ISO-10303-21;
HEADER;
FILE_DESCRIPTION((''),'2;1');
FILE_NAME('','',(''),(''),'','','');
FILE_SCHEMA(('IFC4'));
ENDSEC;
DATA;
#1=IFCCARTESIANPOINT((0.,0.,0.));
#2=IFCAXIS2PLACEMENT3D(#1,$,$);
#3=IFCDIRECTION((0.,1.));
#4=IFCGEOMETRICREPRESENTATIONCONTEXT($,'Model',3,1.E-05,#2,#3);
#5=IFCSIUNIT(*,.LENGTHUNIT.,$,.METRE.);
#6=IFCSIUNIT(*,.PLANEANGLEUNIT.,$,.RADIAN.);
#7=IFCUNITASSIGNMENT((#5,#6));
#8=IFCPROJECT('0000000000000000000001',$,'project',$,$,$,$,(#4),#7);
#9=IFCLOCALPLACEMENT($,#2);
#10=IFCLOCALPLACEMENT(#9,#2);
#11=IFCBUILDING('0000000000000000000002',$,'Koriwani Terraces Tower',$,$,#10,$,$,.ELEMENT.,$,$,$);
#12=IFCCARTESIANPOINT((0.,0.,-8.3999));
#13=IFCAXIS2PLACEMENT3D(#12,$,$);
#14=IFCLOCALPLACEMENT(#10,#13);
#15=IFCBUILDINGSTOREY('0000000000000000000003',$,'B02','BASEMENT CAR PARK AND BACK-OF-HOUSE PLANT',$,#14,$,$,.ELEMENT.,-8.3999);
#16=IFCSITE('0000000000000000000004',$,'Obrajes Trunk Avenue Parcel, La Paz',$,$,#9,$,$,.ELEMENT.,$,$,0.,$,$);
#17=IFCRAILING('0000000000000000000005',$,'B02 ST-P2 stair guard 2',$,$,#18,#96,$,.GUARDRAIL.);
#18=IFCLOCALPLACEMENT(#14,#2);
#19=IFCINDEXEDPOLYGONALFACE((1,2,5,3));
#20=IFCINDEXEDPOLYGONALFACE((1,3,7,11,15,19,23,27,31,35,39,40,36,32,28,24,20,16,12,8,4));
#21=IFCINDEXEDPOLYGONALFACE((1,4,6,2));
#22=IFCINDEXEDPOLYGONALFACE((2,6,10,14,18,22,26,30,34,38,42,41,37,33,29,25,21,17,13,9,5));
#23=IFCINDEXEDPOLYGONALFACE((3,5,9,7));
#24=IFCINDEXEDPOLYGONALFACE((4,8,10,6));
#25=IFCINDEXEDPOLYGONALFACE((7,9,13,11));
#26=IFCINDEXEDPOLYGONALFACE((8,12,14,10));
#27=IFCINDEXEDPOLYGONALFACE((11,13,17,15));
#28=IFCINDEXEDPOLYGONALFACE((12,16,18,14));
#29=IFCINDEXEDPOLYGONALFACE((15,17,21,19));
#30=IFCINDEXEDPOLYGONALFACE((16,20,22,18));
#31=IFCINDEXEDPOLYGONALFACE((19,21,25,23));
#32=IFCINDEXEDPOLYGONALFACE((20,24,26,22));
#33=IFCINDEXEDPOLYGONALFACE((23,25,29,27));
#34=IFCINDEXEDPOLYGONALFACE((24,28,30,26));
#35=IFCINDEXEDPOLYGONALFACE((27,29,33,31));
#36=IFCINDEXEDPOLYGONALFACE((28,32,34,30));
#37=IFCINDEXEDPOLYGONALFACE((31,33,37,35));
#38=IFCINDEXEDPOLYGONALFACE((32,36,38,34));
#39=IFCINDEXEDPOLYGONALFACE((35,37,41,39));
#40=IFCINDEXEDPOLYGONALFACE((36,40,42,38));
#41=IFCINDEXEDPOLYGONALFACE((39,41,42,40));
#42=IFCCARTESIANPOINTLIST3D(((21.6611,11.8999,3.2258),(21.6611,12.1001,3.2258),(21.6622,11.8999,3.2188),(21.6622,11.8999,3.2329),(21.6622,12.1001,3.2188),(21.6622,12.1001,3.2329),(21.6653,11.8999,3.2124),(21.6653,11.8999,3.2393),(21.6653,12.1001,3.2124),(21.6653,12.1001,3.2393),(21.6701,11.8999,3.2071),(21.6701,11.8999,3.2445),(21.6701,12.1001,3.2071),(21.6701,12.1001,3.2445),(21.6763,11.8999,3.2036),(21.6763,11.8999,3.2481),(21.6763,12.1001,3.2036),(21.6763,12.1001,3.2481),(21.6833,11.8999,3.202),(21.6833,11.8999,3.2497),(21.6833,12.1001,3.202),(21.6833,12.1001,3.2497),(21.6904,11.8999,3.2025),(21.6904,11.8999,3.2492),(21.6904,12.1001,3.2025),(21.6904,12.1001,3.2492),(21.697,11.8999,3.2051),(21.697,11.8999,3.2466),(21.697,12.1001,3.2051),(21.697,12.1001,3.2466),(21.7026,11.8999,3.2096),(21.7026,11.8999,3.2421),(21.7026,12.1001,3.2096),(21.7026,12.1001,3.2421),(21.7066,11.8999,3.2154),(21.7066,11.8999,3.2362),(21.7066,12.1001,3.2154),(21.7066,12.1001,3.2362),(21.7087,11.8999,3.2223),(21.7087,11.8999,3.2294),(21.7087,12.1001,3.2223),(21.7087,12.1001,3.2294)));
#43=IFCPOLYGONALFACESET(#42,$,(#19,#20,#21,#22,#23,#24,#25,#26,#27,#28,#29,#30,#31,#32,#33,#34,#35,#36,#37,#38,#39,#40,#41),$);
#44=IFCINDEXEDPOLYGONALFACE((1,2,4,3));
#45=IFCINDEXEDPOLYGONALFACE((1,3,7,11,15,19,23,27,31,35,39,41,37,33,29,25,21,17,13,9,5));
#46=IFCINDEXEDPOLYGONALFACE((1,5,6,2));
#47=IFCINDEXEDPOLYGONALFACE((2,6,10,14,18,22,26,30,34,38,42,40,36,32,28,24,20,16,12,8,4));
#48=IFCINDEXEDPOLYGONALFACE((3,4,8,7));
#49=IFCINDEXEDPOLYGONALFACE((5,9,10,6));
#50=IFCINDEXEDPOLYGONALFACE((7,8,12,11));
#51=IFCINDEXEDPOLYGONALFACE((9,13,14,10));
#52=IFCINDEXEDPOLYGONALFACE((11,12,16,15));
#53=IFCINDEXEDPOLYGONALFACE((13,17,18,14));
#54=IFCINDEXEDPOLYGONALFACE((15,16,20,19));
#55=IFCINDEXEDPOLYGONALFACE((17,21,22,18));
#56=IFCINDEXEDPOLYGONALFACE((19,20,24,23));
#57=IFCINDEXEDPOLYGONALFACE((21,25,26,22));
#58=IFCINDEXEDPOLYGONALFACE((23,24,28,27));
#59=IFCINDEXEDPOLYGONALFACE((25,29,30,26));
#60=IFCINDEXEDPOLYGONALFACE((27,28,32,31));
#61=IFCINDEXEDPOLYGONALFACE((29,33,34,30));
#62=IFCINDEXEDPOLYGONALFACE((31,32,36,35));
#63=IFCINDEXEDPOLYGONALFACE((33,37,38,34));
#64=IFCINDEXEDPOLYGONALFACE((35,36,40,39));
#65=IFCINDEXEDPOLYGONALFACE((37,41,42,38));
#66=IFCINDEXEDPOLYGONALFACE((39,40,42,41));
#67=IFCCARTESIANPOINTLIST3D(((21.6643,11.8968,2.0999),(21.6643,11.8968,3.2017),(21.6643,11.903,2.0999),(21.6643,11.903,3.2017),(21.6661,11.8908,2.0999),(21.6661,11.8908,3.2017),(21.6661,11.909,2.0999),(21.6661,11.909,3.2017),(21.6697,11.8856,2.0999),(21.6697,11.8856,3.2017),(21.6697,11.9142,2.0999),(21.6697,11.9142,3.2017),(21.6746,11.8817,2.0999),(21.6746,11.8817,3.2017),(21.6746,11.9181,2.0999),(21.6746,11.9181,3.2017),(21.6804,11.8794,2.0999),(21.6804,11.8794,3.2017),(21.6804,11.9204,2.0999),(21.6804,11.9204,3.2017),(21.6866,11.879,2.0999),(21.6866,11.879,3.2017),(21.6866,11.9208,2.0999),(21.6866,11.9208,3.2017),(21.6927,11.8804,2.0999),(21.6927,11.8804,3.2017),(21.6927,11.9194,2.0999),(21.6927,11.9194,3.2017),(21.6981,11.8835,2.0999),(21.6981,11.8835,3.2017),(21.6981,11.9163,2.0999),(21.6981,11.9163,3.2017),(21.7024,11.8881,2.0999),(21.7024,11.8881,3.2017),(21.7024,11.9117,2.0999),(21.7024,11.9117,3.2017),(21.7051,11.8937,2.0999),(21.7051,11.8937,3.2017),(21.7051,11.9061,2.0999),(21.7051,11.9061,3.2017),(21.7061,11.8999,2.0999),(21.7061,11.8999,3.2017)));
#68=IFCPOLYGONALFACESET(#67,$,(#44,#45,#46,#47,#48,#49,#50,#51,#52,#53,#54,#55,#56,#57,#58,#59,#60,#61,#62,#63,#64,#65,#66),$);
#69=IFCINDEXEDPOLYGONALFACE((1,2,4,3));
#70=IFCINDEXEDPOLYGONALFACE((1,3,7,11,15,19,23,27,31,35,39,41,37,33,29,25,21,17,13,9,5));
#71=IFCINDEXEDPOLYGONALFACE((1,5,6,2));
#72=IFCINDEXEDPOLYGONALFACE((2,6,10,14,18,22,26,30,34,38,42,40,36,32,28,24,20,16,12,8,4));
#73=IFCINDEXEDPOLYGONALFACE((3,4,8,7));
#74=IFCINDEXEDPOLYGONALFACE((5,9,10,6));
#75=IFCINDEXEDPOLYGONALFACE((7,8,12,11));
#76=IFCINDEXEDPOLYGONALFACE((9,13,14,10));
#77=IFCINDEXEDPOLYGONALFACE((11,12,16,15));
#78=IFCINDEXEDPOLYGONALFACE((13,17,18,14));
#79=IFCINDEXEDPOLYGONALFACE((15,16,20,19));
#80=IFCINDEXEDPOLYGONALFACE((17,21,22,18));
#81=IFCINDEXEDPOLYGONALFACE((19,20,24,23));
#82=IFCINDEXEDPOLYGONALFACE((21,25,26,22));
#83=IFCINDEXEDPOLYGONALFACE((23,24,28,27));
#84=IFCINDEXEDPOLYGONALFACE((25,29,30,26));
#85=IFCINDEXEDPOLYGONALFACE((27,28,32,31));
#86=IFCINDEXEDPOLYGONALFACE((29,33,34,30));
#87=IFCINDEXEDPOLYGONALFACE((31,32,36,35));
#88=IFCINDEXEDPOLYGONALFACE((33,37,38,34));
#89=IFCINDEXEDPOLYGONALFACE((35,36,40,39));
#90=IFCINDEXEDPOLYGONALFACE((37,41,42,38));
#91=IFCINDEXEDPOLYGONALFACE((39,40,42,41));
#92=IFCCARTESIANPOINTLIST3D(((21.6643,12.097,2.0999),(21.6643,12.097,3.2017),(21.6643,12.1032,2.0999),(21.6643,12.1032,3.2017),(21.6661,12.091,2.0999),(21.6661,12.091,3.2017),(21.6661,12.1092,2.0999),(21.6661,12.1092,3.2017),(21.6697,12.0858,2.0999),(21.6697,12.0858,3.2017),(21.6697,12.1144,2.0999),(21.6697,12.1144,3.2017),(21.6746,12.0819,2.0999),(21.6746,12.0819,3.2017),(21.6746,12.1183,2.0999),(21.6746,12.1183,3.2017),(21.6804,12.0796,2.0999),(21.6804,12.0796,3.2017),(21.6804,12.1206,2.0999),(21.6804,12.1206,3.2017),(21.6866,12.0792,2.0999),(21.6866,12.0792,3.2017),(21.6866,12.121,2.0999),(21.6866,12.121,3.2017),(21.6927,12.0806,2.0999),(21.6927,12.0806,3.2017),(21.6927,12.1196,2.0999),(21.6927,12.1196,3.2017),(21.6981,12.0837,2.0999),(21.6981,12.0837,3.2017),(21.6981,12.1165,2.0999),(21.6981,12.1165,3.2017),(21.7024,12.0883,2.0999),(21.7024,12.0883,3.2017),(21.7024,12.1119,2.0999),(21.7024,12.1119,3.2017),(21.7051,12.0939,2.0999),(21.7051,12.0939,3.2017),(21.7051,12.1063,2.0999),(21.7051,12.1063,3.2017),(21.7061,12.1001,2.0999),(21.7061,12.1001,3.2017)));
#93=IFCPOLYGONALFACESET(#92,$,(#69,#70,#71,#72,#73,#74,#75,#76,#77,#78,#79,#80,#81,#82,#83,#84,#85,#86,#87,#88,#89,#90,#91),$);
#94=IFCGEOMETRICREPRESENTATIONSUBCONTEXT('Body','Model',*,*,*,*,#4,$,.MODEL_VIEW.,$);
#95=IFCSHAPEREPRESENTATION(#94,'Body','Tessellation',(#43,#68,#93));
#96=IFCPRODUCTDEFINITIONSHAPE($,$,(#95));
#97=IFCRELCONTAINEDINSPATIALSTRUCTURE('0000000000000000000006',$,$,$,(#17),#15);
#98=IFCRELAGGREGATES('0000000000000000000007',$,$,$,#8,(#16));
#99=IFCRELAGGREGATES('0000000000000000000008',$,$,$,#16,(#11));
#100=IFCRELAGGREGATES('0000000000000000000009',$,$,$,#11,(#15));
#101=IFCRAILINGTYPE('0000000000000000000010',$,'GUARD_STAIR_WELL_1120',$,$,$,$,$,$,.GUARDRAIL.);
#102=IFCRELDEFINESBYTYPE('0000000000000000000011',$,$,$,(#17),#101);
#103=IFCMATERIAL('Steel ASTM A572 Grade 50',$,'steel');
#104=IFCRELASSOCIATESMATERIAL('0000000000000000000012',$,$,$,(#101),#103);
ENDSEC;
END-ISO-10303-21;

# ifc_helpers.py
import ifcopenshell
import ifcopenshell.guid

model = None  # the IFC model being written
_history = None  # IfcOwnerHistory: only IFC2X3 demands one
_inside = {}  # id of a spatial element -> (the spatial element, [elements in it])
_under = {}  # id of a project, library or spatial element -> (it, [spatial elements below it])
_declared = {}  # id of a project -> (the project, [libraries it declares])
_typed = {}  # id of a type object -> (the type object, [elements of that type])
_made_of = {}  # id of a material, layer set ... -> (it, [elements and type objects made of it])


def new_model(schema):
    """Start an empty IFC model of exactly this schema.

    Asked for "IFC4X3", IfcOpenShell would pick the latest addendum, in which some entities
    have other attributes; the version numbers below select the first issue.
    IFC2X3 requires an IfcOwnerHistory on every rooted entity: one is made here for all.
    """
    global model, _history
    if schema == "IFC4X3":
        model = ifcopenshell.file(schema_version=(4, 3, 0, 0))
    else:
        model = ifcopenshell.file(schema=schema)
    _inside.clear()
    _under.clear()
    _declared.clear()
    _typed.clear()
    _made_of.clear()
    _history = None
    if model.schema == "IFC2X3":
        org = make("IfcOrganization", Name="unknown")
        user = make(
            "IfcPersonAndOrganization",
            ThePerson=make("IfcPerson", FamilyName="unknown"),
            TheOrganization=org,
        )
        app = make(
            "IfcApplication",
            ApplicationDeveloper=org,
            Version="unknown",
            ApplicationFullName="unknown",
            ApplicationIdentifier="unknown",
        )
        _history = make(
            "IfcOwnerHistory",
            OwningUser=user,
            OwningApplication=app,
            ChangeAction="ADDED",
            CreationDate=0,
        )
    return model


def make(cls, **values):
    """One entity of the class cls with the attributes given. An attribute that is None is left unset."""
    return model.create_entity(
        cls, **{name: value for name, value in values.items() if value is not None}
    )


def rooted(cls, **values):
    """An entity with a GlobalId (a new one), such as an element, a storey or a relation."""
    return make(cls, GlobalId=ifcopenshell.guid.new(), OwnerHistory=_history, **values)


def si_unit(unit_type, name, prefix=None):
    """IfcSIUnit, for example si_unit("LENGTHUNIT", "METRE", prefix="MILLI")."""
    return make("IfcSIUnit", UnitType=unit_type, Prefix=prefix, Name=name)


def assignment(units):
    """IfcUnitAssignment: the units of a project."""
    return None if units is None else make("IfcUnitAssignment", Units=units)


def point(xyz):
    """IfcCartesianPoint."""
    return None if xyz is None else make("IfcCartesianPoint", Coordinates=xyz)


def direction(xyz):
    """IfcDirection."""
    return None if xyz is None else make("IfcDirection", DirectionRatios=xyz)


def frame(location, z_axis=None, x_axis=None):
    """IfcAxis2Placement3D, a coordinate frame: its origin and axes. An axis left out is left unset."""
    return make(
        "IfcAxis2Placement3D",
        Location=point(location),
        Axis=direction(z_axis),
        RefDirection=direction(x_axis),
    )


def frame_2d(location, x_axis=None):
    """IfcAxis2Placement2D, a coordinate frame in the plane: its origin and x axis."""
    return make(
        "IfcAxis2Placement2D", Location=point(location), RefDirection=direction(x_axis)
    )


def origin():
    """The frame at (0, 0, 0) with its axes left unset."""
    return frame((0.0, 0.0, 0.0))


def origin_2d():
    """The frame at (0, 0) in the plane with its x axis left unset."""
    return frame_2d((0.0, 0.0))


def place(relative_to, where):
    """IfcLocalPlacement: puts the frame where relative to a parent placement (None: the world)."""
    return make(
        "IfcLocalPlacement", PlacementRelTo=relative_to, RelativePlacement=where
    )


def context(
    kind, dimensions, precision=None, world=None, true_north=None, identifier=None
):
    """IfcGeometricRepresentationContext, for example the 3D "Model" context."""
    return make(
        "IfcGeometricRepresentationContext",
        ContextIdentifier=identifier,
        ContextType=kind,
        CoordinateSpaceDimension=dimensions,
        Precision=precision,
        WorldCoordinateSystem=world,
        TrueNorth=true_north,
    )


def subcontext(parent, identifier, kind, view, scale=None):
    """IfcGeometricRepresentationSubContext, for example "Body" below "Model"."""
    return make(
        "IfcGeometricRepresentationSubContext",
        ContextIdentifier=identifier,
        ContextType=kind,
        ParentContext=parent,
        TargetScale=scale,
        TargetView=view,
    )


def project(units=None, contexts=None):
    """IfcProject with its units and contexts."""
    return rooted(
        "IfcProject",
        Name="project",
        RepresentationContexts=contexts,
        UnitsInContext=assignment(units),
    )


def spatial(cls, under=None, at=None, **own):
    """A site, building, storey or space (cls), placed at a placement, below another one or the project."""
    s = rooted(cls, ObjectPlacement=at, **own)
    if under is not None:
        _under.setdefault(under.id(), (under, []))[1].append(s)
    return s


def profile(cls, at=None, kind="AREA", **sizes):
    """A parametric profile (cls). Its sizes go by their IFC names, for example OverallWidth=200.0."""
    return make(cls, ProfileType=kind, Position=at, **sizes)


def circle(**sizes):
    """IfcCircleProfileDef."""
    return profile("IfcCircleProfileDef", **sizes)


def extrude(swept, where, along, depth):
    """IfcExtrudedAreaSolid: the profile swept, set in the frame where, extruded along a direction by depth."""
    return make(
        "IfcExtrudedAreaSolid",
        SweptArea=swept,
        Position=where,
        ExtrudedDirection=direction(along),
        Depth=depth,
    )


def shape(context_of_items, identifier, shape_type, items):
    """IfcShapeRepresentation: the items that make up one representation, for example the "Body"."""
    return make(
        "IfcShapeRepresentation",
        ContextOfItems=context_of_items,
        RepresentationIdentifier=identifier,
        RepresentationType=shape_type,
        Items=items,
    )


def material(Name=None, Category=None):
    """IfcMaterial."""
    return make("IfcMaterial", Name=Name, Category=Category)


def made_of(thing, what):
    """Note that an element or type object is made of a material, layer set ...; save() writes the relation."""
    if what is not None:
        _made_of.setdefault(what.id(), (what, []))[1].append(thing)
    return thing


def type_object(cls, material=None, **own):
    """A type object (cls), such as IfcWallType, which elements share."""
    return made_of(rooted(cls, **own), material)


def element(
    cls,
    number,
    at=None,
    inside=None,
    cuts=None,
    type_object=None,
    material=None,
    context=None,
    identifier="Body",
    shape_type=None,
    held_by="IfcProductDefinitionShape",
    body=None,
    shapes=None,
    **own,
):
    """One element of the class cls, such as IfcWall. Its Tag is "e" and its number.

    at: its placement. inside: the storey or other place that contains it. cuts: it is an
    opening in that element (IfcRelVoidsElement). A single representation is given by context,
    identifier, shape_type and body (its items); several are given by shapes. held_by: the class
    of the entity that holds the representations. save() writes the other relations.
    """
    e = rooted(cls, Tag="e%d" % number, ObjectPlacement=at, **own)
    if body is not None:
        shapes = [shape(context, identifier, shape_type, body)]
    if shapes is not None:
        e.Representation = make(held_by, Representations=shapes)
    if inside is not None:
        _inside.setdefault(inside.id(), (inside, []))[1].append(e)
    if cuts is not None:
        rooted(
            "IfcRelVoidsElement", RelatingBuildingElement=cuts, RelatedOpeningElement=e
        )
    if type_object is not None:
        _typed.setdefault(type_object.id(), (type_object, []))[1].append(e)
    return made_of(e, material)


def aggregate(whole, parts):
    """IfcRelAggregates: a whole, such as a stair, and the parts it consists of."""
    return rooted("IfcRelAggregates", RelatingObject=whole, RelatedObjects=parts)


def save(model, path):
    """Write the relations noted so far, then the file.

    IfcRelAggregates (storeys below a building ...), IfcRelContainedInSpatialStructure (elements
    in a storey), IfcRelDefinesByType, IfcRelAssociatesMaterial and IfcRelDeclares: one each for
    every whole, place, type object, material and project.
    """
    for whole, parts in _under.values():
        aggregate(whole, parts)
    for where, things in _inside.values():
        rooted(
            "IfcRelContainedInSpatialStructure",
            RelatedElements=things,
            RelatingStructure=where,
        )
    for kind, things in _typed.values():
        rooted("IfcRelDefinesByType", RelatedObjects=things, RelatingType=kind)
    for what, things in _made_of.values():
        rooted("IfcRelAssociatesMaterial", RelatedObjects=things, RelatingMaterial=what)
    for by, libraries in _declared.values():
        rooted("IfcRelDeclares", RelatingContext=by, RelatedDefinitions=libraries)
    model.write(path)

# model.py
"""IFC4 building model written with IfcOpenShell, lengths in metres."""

from ifc_helpers import new_model, si_unit, direction, frame, origin, origin_2d, place, context, subcontext, project, spatial, circle, extrude, material, type_object, element, save


model = new_model("IFC4")

# Units and contexts
model_context = context("Model", 3, precision=1e-05, world=origin(), true_north=direction((0.0, 1.0)))
body_context = subcontext(model_context, "Body", "Model", "MODEL_VIEW")
ifc_project = project(units=[si_unit("LENGTHUNIT", "METRE"), si_unit("PLANEANGLEUNIT", "RADIAN")], contexts=[model_context])

# Site, building, storey
site_placement = place(None, origin())
site = spatial("IfcSite", under=ifc_project, at=site_placement, Name="Obrajes Trunk Avenue Parcel, La Paz", CompositionType="ELEMENT", RefElevation=0.0)
building_placement = place(site_placement, origin())
building = spatial("IfcBuilding", under=site, at=building_placement, Name="Koriwani Terraces Tower", CompositionType="ELEMENT")
storey_placement = place(building_placement, frame((0.0, 0.0, -8.3999)))
storey = spatial("IfcBuildingStorey", under=building, at=storey_placement, Name="B02", Description="BASEMENT CAR PARK AND BACK-OF-HOUSE PLANT", CompositionType="ELEMENT", Elevation=-8.3999)

# Shared definitions
ifc_material_1 = material(Name="Steel ASTM A572 Grade 50", Category="steel")

# Railing
railing_type_1 = type_object("IfcRailingType", Name="GUARD_STAIR_WELL_1120", PredefinedType="GUARDRAIL", material=ifc_material_1)
railing_1_placement = place(storey_placement, frame((21.6851, 11.8999, 2.0999)))
element("IfcRailing", 1, at=railing_1_placement, inside=storey, type_object=railing_type_1, Name="B02 ST-P2 stair guard 2", PredefinedType="GUARDRAIL", context=body_context, shape_type="SweptSolid", body=[
    extrude(circle(Radius=0.0239, at=origin_2d()), frame((0.0, 0.0, 1.126), z_axis=(0.0, 1.0, 0.0), x_axis=(-1.0, 0.0, 0.0)), (0.0, 0.0, 1.0), 0.2002),
    extrude(circle(Radius=0.021, at=origin_2d()), origin(), (0.0, 0.0, 1.0), 1.1018),
    extrude(circle(Radius=0.021, at=origin_2d()), frame((0.0, 0.2002, 0.0)), (0.0, 0.0, 1.0), 1.1018),
])

save(model, "model.ifc")
